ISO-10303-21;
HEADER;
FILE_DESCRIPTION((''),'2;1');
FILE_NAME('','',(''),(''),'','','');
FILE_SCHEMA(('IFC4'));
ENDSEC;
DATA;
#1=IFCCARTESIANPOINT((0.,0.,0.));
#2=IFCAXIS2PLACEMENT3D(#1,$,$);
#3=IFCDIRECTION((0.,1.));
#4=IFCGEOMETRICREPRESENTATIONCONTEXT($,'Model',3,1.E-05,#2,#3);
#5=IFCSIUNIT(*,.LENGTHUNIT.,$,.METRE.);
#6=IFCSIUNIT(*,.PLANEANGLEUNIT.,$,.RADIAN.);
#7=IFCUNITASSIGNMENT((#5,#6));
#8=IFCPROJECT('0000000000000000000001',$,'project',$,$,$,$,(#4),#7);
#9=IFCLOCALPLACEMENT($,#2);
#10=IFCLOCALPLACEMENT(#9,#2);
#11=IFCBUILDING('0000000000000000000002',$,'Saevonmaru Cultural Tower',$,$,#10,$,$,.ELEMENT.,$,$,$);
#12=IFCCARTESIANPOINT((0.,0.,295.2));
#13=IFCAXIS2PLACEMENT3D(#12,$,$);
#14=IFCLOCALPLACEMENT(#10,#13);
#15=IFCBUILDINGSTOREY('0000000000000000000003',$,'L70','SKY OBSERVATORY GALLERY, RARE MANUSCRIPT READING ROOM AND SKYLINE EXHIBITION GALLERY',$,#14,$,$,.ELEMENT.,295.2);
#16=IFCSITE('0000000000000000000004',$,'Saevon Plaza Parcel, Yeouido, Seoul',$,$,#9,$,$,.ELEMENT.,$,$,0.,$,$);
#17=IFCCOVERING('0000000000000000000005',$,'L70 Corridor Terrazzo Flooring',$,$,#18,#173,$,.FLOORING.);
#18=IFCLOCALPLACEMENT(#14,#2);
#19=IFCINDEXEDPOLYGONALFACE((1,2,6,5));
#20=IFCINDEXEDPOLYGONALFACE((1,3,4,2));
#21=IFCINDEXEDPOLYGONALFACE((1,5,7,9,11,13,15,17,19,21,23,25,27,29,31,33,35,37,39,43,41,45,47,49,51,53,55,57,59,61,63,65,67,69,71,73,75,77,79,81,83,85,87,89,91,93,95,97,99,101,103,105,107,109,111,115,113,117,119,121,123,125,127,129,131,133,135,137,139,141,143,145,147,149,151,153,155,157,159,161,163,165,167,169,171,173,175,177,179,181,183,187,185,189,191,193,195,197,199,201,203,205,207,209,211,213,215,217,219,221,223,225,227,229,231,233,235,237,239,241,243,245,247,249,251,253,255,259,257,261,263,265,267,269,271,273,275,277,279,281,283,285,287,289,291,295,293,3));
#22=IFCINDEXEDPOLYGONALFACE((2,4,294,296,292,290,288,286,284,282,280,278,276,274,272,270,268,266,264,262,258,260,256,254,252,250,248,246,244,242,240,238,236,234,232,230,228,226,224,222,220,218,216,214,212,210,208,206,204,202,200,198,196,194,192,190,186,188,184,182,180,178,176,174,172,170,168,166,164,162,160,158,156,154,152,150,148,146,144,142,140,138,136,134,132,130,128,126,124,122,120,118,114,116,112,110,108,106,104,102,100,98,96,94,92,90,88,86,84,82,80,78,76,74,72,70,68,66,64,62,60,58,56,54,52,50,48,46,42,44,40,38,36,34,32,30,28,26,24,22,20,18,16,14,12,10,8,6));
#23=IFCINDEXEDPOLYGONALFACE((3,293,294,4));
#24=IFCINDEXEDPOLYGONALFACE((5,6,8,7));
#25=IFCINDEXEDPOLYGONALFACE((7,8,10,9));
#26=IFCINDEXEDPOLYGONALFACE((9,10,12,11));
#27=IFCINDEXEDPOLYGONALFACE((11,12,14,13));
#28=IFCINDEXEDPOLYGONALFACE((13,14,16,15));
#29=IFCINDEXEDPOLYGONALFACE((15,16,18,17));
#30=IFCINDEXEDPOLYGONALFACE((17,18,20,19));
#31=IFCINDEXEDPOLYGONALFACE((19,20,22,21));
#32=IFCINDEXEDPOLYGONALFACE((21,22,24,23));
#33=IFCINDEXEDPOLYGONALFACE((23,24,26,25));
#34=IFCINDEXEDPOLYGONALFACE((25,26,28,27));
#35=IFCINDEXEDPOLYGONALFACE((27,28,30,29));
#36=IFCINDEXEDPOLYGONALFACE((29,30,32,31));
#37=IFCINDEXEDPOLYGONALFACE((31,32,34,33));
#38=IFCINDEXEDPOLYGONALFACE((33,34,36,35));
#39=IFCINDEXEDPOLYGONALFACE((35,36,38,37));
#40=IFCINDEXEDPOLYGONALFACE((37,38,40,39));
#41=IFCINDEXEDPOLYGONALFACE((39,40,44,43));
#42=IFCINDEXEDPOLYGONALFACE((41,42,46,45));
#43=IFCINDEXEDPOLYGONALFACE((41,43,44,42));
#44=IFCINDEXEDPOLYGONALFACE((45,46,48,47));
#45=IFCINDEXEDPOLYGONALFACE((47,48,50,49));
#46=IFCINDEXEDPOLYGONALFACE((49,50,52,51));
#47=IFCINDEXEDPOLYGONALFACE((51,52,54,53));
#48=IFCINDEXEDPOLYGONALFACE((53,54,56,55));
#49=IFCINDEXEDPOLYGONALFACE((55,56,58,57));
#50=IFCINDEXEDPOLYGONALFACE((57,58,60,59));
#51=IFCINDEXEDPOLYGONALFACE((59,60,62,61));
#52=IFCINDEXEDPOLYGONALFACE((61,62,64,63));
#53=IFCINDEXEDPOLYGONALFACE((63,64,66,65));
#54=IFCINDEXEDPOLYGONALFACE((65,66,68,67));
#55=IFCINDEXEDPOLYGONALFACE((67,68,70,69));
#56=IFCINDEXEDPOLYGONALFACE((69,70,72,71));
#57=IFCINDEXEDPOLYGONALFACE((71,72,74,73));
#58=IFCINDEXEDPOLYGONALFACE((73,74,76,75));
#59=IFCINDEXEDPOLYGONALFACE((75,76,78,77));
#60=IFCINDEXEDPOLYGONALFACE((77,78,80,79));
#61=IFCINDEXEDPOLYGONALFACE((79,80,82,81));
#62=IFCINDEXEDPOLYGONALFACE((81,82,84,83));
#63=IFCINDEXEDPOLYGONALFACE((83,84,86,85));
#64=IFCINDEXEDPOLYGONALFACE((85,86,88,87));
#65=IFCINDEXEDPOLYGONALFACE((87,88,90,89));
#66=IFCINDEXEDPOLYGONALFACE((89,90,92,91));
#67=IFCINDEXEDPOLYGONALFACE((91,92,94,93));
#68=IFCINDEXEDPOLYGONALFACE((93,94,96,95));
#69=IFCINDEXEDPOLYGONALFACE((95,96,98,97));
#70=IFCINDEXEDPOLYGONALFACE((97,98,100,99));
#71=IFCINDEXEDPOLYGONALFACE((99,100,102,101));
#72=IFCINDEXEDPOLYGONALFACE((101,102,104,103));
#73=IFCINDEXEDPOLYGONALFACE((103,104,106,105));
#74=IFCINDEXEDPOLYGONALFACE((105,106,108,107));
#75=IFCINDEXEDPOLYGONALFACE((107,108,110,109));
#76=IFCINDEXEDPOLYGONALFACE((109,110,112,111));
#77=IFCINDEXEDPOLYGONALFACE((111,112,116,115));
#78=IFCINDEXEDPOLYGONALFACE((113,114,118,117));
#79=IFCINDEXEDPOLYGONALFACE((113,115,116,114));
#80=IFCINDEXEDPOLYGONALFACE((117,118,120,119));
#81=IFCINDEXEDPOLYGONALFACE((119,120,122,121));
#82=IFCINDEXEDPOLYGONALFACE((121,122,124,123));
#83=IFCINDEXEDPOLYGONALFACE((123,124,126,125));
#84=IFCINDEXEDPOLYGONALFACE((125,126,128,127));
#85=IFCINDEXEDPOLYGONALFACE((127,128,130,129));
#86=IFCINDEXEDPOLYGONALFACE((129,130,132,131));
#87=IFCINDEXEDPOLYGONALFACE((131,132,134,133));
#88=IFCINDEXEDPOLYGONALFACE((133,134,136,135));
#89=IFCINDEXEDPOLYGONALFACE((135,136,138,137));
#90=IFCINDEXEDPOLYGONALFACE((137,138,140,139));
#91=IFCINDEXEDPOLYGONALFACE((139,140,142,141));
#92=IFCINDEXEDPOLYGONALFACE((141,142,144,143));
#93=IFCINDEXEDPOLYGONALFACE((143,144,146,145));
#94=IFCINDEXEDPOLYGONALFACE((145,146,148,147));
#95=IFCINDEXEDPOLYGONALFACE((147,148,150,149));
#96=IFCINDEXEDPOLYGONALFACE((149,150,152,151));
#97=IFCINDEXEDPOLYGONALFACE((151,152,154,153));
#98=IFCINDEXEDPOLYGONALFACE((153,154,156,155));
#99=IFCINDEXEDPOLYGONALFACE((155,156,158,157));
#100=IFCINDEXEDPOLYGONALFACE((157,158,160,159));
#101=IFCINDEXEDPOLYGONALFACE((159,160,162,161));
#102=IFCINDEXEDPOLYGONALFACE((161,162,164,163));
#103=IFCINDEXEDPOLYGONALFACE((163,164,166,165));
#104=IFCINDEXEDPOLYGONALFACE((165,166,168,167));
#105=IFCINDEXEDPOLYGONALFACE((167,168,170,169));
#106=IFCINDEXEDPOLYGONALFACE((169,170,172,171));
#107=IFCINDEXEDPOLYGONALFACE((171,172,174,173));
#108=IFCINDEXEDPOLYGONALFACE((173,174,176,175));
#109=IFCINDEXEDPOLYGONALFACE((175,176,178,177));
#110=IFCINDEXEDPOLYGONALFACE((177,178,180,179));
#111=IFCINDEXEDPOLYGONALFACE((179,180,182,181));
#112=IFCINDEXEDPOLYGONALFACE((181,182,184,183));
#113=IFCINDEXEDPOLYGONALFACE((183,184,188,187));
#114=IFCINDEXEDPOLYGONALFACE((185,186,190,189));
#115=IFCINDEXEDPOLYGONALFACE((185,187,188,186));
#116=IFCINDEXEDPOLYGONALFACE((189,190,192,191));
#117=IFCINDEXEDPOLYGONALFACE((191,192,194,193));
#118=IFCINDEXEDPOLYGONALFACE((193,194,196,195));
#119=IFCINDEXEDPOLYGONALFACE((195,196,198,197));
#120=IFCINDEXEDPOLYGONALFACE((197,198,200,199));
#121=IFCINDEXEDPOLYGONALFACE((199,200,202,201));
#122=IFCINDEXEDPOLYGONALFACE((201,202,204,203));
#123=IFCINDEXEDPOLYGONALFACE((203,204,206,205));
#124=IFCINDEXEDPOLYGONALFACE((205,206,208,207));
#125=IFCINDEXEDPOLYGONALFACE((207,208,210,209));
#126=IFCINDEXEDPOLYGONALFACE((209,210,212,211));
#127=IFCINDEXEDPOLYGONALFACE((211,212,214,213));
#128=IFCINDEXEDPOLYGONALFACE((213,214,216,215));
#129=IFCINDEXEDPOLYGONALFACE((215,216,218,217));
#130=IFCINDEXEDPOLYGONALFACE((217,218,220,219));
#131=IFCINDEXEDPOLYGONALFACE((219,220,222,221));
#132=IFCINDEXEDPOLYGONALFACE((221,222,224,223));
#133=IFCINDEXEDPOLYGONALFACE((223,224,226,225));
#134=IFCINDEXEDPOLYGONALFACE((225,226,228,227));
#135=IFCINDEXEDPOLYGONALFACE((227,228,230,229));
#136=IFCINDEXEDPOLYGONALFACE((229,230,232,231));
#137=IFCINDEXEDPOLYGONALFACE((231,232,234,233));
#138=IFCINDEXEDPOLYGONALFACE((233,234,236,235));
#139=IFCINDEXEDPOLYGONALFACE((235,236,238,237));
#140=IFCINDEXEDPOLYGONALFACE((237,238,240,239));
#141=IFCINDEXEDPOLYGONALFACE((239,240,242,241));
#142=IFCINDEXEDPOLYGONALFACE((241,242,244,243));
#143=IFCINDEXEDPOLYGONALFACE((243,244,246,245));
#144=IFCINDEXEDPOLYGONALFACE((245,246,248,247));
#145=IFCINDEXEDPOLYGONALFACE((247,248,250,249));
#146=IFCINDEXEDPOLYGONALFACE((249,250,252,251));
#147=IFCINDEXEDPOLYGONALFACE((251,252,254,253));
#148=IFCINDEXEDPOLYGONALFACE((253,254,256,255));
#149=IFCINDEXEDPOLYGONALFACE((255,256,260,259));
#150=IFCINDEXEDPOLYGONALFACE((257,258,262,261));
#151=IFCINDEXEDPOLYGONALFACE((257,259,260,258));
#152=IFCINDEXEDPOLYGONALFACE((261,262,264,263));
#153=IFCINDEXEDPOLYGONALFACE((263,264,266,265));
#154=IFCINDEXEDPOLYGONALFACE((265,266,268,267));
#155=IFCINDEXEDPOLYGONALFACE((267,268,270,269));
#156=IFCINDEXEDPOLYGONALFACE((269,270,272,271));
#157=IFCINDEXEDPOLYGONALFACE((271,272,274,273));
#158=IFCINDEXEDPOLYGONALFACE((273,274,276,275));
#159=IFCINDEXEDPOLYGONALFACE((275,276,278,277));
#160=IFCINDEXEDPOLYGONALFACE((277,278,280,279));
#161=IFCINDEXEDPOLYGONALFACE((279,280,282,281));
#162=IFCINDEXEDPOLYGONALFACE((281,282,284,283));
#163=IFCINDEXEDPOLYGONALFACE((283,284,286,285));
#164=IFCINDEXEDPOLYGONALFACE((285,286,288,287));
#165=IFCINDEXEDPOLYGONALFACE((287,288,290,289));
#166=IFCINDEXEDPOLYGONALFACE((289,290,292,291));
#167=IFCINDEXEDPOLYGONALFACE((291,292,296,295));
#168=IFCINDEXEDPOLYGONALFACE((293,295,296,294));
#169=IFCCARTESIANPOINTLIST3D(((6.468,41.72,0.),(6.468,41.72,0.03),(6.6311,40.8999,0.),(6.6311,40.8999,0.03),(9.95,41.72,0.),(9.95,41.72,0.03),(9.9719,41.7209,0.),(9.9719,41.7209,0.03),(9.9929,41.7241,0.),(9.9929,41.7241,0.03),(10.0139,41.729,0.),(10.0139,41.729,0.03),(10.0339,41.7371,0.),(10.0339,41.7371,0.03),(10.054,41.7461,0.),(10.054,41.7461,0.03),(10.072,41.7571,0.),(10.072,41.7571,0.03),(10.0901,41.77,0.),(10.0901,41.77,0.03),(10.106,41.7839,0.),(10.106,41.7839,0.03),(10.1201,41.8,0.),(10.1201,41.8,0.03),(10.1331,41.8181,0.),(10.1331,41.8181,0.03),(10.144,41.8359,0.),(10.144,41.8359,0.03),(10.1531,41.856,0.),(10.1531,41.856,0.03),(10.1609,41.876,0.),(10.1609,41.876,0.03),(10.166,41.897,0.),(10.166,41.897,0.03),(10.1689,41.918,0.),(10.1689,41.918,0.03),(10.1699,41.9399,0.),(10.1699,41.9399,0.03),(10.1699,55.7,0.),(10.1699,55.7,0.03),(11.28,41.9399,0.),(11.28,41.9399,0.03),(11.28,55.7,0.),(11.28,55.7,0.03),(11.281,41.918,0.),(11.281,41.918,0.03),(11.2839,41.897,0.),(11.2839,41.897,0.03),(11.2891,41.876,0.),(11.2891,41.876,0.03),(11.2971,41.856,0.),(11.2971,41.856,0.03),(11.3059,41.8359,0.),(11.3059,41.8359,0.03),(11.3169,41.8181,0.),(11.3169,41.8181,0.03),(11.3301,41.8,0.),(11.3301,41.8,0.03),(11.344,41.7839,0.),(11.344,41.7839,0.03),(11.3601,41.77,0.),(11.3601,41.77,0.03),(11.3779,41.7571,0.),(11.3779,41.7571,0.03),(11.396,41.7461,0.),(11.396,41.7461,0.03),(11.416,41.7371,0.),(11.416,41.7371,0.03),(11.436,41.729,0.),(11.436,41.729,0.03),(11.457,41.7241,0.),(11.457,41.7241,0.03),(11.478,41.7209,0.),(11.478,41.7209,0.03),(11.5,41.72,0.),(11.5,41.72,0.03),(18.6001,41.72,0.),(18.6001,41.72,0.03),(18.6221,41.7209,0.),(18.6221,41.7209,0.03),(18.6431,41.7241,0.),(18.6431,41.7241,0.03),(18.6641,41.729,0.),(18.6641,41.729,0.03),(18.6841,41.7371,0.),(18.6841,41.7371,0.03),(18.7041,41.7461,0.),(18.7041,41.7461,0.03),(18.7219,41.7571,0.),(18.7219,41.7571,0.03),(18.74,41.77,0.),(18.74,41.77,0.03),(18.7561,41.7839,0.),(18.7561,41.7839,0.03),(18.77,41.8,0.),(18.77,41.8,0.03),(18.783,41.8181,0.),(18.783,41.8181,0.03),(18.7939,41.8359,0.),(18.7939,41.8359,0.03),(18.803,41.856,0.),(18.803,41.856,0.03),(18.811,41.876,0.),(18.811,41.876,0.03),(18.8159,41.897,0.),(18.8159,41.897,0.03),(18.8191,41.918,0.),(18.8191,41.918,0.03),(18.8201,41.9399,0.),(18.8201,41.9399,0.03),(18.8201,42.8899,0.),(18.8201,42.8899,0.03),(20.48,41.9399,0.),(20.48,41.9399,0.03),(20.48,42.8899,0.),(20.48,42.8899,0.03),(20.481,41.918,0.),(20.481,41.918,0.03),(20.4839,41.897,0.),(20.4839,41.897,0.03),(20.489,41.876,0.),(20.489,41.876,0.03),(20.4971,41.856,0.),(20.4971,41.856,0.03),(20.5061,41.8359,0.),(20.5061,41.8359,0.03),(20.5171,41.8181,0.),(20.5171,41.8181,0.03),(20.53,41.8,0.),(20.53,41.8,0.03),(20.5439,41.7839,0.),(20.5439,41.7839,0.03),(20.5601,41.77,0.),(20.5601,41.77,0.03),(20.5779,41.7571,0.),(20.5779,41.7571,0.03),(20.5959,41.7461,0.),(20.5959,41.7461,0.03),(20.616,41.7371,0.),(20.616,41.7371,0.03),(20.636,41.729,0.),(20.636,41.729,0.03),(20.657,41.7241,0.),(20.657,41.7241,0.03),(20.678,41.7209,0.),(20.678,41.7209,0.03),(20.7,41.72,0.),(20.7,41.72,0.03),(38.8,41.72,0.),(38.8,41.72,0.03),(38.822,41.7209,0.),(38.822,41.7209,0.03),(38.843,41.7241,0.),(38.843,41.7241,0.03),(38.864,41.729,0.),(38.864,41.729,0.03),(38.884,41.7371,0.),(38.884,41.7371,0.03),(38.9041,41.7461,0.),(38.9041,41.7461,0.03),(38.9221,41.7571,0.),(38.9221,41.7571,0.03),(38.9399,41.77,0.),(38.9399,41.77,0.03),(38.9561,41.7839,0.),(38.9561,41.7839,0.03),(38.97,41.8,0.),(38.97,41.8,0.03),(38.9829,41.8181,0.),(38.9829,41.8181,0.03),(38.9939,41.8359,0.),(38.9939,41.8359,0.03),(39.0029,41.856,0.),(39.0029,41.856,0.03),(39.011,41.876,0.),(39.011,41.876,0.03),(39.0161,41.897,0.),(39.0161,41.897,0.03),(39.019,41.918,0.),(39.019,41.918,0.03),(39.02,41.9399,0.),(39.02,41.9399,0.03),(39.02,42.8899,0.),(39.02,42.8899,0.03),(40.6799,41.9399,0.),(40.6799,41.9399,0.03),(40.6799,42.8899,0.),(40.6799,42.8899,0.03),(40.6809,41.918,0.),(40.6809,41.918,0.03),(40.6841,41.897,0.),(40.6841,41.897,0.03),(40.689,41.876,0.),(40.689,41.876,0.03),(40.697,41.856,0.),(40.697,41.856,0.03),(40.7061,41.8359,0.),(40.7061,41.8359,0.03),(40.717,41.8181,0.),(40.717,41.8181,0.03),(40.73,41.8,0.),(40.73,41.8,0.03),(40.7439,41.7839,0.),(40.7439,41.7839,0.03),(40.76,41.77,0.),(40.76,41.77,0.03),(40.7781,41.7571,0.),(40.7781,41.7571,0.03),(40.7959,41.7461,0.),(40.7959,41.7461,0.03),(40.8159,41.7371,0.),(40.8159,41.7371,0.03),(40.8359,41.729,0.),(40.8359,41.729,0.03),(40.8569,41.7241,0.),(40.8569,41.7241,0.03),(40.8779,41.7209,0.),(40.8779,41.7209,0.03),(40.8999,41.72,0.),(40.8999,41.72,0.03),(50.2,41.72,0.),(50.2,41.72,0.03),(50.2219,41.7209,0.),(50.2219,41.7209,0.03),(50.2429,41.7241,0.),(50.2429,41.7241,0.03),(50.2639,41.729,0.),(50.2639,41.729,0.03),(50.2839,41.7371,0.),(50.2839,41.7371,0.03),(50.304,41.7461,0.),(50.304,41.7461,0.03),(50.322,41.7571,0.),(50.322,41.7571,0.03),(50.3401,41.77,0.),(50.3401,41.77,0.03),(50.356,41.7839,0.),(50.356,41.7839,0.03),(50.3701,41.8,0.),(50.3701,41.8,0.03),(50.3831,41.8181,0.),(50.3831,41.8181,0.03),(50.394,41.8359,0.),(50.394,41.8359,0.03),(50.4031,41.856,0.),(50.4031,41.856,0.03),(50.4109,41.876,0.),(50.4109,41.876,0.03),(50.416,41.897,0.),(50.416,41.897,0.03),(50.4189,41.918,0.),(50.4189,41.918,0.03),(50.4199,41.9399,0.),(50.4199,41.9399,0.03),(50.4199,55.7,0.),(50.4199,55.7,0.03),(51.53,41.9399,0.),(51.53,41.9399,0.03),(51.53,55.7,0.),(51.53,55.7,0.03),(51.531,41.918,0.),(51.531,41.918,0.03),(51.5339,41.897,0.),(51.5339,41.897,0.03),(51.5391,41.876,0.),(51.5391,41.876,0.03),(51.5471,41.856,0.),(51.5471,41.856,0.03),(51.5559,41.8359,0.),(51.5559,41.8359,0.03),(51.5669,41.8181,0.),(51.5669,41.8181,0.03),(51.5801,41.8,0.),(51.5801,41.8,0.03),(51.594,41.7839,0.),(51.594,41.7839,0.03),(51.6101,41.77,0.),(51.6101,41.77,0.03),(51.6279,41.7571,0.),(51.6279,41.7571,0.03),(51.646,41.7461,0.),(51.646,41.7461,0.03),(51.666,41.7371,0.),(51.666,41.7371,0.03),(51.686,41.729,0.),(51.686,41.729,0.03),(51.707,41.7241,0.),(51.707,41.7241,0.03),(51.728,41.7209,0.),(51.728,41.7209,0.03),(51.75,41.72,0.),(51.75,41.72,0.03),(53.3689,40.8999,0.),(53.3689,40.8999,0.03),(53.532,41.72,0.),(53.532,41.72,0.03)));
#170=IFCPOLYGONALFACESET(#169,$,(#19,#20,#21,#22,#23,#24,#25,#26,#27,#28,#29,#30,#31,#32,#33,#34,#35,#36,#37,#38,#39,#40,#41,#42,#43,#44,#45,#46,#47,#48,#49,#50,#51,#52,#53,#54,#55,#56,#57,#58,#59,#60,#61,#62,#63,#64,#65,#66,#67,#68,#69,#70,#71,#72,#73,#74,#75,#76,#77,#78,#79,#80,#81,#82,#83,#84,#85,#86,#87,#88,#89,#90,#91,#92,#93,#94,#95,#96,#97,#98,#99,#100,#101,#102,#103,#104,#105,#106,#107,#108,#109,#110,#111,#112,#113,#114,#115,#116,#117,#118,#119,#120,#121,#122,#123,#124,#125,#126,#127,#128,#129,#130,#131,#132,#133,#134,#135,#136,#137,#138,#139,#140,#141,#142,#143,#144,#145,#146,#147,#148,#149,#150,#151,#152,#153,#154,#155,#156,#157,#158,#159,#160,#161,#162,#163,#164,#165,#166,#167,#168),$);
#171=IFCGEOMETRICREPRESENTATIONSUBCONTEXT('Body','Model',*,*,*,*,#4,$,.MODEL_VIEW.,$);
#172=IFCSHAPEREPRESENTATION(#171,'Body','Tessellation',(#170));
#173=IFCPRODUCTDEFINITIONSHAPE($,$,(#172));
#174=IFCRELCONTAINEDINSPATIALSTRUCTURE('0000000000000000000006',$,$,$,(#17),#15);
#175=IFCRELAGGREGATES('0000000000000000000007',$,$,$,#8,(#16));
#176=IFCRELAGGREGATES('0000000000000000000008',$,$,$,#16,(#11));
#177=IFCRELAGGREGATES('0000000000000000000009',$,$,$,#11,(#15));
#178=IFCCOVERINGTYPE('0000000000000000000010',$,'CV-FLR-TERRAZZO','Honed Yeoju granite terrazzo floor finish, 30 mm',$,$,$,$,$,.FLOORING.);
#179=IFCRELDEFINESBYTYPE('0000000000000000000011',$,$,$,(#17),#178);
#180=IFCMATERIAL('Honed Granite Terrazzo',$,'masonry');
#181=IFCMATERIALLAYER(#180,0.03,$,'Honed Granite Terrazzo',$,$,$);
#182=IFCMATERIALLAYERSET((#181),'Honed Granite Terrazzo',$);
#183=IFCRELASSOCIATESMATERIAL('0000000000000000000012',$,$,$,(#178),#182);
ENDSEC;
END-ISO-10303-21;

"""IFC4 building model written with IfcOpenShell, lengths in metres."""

from ifc_helpers import new_model, si_unit, direction, frame, origin, place, context, subcontext, project, spatial, polyline, outline, extrude, material, layer, layer_set, type_object, element, save


model = new_model("IFC4")

# Units and contexts
model_context = context("Model", 3, precision=1e-05, world=origin(), true_north=direction((0.0, 1.0)))
body_context = subcontext(model_context, "Body", "Model", "MODEL_VIEW")
ifc_project = project(units=[si_unit("LENGTHUNIT", "METRE"), si_unit("PLANEANGLEUNIT", "RADIAN")], contexts=[model_context])

# Site, building, storey
site_placement = place(None, origin())
site = spatial("IfcSite", under=ifc_project, at=site_placement, Name="Saevon Plaza Parcel, Yeouido, Seoul", CompositionType="ELEMENT", RefElevation=0.0)
building_placement = place(site_placement, origin())
building = spatial("IfcBuilding", under=site, at=building_placement, Name="Saevonmaru Cultural Tower", CompositionType="ELEMENT")
storey_placement = place(building_placement, frame((0.0, 0.0, 295.2)))
storey = spatial("IfcBuildingStorey", under=building, at=storey_placement, Name="L70", Description="SKY OBSERVATORY GALLERY, RARE MANUSCRIPT READING ROOM AND SKYLINE EXHIBITION GALLERY", CompositionType="ELEMENT", Elevation=295.2)

# Covering
ifc_material_1 = material(Name="Honed Granite Terrazzo", Category="masonry")
ifc_layer_1 = layer(ifc_material_1, 0.03, Name="Honed Granite Terrazzo")
ifc_layer_set_1 = layer_set([ifc_layer_1], Name="Honed Granite Terrazzo")
covering_type_1 = type_object("IfcCoveringType", Name="CV-FLR-TERRAZZO", Description="Honed Yeoju granite terrazzo floor finish, 30 mm", PredefinedType="FLOORING", material=ifc_layer_set_1)
covering_1_placement = place(storey_placement, origin())
element("IfcCovering", 1, at=covering_1_placement, inside=storey, type_object=covering_type_1, Name="L70 Corridor Terrazzo Flooring", PredefinedType="FLOORING", context=body_context, shape_type="SweptSolid", body=[
    extrude(outline(polyline([(6.6311, 40.8999), (6.468, 41.72), (9.95, 41.72), (9.9719, 41.7209), (9.9929, 41.7241), (10.0139, 41.729), (10.0339, 41.7371), (10.054, 41.7461), (10.072, 41.7571), (10.0901, 41.77), (10.106, 41.7839), (10.1201, 41.8), (10.1331, 41.8181), (10.144, 41.8359), (10.1531, 41.856), (10.1609, 41.876), (10.166, 41.897), (10.1689, 41.918), (10.1699, 41.9399), (10.1699, 55.7), (11.28, 55.7), (11.28, 41.9399), (11.281, 41.918), (11.2839, 41.897), (11.2891, 41.876), (11.2971, 41.856), (11.3059, 41.8359), (11.3169, 41.8181), (11.3301, 41.8), (11.344, 41.7839), (11.3601, 41.77), (11.3779, 41.7571), (11.396, 41.7461), (11.416, 41.7371), (11.436, 41.729), (11.457, 41.7241), (11.478, 41.7209), (11.5, 41.72), (18.6001, 41.72), (18.6221, 41.7209), (18.6431, 41.7241), (18.6641, 41.729), (18.6841, 41.7371), (18.7041, 41.7461), (18.7219, 41.7571), (18.74, 41.77), (18.7561, 41.7839), (18.77, 41.8), (18.783, 41.8181), (18.7939, 41.8359), (18.803, 41.856), (18.811, 41.876), (18.8159, 41.897), (18.8191, 41.918), (18.8201, 41.9399), (18.8201, 42.8899), (20.48, 42.8899), (20.48, 41.9399), (20.481, 41.918), (20.4839, 41.897), (20.489, 41.876), (20.4971, 41.856), (20.5061, 41.8359), (20.5171, 41.8181), (20.53, 41.8), (20.5439, 41.7839), (20.5601, 41.77), (20.5779, 41.7571), (20.5959, 41.7461), (20.616, 41.7371), (20.636, 41.729), (20.657, 41.7241), (20.678, 41.7209), (20.7, 41.72), (38.8, 41.72), (38.822, 41.7209), (38.843, 41.7241), (38.864, 41.729), (38.884, 41.7371), (38.9041, 41.7461), (38.9221, 41.7571), (38.9399, 41.77), (38.9561, 41.7839), (38.97, 41.8), (38.9829, 41.8181), (38.9939, 41.8359), (39.0029, 41.856), (39.011, 41.876), (39.0161, 41.897), (39.019, 41.918), (39.02, 41.9399), (39.02, 42.8899), (40.6799, 42.8899), (40.6799, 41.9399), (40.6809, 41.918), (40.6841, 41.897), (40.689, 41.876), (40.697, 41.856), (40.7061, 41.8359), (40.717, 41.8181), (40.73, 41.8), (40.7439, 41.7839), (40.76, 41.77), (40.7781, 41.7571), (40.7959, 41.7461), (40.8159, 41.7371), (40.8359, 41.729), (40.8569, 41.7241), (40.8779, 41.7209), (40.8999, 41.72), (50.2, 41.72), (50.2219, 41.7209), (50.2429, 41.7241), (50.2639, 41.729), (50.2839, 41.7371), (50.304, 41.7461), (50.322, 41.7571), (50.3401, 41.77), (50.356, 41.7839), (50.3701, 41.8), (50.3831, 41.8181), (50.394, 41.8359), (50.4031, 41.856), (50.4109, 41.876), (50.416, 41.897), (50.4189, 41.918), (50.4199, 41.9399), (50.4199, 55.7), (51.53, 55.7), (51.53, 41.9399), (51.531, 41.918), (51.5339, 41.897), (51.5391, 41.876), (51.5471, 41.856), (51.5559, 41.8359), (51.5669, 41.8181), (51.5801, 41.8), (51.594, 41.7839), (51.6101, 41.77), (51.6279, 41.7571), (51.646, 41.7461), (51.666, 41.7371), (51.686, 41.729), (51.707, 41.7241), (51.728, 41.7209), (51.75, 41.72), (53.532, 41.72), (53.3689, 40.8999), (6.6311, 40.8999)])), origin(), (0.0, 0.0, 1.0), 0.03),
])

save(model, "model.ifc")
